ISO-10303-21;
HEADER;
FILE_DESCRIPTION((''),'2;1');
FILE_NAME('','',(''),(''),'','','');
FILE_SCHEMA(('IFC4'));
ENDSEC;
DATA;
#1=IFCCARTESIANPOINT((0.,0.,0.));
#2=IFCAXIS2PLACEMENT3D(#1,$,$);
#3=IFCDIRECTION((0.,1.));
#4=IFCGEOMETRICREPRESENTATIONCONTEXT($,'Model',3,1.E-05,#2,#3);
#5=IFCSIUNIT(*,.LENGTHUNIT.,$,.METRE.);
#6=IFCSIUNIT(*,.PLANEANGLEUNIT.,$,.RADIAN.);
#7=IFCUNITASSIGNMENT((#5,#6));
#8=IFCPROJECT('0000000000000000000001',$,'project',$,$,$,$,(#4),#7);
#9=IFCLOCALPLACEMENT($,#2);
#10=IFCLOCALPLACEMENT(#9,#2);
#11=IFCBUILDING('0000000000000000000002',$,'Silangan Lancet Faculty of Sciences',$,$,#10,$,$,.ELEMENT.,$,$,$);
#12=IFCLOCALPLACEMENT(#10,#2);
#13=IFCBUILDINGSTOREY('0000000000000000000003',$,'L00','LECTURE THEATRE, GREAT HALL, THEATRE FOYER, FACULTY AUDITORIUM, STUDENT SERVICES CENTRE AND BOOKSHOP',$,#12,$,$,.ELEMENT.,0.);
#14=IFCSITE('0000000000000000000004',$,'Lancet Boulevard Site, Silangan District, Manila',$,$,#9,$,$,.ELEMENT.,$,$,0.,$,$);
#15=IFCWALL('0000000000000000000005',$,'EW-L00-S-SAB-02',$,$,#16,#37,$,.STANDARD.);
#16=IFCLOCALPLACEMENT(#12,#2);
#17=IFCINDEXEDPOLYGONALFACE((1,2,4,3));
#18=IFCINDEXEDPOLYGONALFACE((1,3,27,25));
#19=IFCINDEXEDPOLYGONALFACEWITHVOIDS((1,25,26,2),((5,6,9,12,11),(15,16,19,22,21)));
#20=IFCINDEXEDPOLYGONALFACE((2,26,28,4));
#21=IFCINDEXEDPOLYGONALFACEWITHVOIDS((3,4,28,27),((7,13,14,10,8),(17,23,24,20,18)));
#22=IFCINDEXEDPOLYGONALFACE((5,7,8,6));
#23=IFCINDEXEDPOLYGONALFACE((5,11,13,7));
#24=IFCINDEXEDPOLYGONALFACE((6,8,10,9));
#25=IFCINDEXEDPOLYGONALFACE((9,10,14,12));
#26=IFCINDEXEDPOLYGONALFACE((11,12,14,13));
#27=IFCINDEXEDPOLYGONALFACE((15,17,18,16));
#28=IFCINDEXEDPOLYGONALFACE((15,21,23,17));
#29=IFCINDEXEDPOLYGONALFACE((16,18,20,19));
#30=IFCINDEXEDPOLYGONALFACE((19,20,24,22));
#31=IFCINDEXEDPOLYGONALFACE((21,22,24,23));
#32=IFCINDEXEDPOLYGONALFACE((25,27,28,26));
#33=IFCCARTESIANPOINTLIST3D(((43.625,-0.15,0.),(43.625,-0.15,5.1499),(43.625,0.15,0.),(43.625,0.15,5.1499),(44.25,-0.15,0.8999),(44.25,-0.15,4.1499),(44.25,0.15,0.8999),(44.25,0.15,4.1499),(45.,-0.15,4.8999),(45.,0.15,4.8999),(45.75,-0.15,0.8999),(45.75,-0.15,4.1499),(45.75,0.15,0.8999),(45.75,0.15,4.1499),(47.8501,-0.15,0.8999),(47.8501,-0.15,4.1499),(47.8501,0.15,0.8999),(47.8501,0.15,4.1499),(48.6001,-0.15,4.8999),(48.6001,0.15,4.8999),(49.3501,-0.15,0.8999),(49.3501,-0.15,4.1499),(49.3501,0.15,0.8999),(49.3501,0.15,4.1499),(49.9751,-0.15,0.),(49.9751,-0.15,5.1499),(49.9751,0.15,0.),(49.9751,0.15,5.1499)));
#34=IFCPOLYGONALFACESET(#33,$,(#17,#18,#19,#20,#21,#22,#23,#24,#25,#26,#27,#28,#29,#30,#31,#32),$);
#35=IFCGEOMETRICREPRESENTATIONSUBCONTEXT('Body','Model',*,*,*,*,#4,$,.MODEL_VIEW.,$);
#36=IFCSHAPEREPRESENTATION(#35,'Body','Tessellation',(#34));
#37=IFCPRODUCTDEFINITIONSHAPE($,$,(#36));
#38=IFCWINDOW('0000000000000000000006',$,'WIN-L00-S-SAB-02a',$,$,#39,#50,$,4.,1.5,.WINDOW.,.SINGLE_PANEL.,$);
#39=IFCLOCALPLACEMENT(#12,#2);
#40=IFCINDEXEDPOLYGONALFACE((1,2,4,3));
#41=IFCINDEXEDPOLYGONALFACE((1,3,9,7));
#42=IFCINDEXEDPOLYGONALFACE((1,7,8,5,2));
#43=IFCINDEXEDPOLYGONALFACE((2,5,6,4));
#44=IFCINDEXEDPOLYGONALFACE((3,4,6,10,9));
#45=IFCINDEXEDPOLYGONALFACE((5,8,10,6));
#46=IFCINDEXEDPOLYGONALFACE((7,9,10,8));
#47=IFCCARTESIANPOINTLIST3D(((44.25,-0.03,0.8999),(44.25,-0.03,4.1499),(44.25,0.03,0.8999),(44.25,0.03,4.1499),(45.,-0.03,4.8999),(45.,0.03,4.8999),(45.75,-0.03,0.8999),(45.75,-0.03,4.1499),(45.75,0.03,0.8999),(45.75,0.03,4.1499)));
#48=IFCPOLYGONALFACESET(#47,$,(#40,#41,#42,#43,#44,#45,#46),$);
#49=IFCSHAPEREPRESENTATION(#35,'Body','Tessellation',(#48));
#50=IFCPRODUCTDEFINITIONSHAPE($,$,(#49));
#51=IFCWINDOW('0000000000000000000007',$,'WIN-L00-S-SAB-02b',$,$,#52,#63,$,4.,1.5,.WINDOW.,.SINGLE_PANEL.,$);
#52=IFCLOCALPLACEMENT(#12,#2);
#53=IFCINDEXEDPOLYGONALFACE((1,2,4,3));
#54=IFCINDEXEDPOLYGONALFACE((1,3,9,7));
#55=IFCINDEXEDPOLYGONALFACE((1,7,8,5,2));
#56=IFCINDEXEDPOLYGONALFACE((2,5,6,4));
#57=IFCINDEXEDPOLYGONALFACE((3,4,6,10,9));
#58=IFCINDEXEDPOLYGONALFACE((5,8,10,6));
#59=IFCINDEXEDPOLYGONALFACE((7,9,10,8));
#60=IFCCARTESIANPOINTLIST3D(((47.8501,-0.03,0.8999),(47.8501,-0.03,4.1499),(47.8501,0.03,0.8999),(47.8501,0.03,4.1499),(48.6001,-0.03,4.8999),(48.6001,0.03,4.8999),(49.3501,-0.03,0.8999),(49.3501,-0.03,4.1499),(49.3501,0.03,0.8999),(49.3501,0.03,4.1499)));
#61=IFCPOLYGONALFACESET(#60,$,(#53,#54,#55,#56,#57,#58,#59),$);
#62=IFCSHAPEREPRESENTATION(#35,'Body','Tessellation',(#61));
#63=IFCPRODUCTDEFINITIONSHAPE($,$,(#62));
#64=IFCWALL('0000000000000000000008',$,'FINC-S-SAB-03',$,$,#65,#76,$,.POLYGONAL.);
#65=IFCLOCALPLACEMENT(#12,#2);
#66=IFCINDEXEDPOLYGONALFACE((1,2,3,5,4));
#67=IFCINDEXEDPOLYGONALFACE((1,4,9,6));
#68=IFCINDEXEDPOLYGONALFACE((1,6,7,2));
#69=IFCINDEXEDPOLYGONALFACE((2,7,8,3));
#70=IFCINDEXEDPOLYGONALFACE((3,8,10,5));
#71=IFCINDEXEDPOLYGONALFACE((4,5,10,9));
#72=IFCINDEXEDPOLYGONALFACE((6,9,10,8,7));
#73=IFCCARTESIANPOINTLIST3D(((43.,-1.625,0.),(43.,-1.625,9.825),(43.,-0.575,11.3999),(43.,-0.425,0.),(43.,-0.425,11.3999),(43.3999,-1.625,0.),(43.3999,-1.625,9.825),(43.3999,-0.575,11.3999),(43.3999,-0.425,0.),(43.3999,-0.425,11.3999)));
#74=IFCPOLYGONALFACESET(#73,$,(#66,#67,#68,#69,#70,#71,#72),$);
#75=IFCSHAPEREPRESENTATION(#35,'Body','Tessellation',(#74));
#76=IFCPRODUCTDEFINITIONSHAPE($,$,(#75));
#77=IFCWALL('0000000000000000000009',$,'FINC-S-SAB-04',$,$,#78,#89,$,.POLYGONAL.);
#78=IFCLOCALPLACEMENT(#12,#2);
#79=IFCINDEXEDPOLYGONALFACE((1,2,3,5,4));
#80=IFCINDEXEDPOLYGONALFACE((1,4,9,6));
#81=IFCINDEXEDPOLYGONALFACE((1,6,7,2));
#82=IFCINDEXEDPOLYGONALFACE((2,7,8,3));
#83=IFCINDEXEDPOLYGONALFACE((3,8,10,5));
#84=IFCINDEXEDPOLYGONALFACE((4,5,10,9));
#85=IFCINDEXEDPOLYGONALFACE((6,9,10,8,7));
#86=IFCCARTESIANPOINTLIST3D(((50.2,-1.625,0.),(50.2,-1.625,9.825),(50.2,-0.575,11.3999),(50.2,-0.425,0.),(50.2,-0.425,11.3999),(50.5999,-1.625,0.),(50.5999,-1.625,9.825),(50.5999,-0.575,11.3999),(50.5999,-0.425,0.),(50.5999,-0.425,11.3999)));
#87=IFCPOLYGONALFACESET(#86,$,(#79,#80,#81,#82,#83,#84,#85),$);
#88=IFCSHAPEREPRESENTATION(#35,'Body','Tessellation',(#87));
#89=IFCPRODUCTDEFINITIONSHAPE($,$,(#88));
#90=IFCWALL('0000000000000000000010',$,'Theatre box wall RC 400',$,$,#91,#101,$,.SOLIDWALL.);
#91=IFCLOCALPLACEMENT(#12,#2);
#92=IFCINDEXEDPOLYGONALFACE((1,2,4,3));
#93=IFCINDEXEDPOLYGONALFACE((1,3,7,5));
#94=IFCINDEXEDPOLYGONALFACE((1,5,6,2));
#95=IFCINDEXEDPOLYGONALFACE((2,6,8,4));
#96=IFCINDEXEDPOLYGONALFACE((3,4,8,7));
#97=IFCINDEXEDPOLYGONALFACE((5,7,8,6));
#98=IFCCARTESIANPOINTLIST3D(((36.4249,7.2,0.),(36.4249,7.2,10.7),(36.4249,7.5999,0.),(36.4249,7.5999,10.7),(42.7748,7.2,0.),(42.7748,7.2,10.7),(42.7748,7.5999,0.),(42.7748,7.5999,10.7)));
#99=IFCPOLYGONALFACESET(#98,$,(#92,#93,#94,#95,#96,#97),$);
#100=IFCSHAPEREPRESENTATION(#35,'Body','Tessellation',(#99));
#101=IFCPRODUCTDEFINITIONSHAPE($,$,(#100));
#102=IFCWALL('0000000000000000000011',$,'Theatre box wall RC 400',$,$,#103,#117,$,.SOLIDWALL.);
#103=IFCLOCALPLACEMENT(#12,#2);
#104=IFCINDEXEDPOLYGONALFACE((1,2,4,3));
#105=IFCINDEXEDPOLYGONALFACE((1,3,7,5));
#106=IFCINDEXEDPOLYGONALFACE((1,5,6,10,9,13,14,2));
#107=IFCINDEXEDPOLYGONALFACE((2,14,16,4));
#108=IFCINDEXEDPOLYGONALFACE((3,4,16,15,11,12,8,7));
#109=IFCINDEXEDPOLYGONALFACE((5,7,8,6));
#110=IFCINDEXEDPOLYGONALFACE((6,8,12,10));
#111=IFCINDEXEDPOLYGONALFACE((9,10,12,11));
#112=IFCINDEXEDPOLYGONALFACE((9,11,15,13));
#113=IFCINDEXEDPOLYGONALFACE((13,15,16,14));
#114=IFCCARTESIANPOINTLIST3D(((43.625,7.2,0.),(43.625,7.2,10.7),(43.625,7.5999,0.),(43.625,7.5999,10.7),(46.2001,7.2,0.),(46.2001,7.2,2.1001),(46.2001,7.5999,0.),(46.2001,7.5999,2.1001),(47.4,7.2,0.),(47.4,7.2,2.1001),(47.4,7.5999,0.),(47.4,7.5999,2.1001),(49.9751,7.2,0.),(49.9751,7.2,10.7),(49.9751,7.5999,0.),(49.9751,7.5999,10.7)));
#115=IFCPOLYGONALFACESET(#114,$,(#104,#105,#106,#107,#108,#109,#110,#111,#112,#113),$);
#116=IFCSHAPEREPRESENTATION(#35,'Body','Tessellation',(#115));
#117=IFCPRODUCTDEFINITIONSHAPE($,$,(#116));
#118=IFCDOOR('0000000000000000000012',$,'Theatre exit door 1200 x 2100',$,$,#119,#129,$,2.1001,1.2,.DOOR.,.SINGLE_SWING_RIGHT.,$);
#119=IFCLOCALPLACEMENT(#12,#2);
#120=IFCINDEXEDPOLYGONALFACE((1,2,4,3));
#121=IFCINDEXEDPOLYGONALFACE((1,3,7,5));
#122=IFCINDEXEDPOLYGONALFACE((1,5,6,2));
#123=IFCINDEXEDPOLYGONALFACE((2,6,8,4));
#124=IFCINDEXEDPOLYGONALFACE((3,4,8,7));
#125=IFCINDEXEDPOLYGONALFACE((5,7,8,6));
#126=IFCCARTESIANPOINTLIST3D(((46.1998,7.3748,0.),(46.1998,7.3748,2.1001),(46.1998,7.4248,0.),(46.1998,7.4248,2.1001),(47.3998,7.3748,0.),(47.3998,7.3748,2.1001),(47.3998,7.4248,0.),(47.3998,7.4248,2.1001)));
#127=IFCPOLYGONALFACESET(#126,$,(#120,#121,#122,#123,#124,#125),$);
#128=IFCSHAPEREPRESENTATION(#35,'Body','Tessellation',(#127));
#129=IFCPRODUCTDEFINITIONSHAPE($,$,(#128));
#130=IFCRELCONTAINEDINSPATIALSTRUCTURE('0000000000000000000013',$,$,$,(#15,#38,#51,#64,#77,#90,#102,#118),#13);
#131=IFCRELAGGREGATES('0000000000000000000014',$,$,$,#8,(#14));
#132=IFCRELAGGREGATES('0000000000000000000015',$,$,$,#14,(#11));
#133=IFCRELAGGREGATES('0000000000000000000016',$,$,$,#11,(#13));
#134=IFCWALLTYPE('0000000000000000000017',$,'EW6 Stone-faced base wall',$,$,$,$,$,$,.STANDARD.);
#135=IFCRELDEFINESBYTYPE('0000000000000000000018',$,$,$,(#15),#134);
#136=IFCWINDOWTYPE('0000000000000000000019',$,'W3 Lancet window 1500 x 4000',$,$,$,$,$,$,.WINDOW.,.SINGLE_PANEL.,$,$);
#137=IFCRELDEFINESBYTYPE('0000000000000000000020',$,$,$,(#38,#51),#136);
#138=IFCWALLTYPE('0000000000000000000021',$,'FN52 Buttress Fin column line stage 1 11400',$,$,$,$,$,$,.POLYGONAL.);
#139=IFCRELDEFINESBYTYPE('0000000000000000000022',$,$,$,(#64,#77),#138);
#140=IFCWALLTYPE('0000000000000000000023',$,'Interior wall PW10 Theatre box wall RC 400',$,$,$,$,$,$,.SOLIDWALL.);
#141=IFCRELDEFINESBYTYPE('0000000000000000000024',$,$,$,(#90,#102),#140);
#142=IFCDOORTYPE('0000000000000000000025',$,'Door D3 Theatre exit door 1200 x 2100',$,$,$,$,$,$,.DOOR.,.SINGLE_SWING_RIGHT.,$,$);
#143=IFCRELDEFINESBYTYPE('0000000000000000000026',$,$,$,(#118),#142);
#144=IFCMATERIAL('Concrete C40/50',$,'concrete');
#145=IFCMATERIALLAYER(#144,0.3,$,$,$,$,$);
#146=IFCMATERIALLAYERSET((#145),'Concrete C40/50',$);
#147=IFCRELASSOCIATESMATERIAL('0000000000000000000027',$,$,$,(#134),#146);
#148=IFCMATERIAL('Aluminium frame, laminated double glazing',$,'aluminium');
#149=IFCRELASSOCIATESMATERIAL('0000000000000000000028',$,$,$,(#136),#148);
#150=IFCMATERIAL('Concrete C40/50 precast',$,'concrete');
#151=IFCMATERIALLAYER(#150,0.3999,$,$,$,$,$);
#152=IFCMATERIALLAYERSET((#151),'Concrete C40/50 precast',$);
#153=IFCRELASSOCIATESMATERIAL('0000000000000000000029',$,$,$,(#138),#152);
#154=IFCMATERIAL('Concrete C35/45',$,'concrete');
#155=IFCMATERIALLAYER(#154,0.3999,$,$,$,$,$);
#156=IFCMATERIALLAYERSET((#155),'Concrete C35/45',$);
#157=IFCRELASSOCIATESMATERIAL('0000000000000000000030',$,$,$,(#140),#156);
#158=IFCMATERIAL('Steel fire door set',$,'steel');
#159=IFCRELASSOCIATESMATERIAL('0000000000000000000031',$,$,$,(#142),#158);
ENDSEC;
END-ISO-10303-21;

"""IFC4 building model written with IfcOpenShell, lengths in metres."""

from ifc_helpers import new_model, si_unit, direction, frame, frame_2d, origin, place, context, subcontext, project, spatial, polyline, rectangle, outline, extrude, material, layer, layer_set, type_object, element, fill, save


model = new_model("IFC4")

# Units and contexts
model_context = context("Model", 3, precision=1e-05, world=origin(), true_north=direction((0.0, 1.0)))
body_context = subcontext(model_context, "Body", "Model", "MODEL_VIEW")
ifc_project = project(units=[si_unit("LENGTHUNIT", "METRE"), si_unit("PLANEANGLEUNIT", "RADIAN")], contexts=[model_context])

# Site, building, storey
site_placement = place(None, origin())
site = spatial("IfcSite", under=ifc_project, at=site_placement, Name="Lancet Boulevard Site, Silangan District, Manila", CompositionType="ELEMENT", RefElevation=0.0)
building_placement = place(site_placement, origin())
building = spatial("IfcBuilding", under=site, at=building_placement, Name="Silangan Lancet Faculty of Sciences", CompositionType="ELEMENT")
storey_placement = place(building_placement, origin())
storey = spatial("IfcBuildingStorey", under=building, at=storey_placement, Name="L00", Description="LECTURE THEATRE, GREAT HALL, THEATRE FOYER, FACULTY AUDITORIUM, STUDENT SERVICES CENTRE AND BOOKSHOP", CompositionType="ELEMENT", Elevation=0.0)

# Shared definitions
ifc_material_1 = material(Name="Concrete C40/50", Category="concrete")
ifc_layer_1 = layer(ifc_material_1, 0.3)
ifc_layer_set_1 = layer_set([ifc_layer_1], Name="Concrete C40/50")
wall_type_1 = type_object("IfcWallType", Name="EW6 Stone-faced base wall", PredefinedType="STANDARD", material=ifc_layer_set_1)

# Wall, openings, windows
wall_1_placement = place(storey_placement, frame((43.625, 0.0, 0.0), z_axis=(0.0, 0.0, 1.0), x_axis=(1.0, 0.0, 0.0)))
wall_1 = element("IfcWall", 1, at=wall_1_placement, inside=storey, type_object=wall_type_1, Name="EW-L00-S-SAB-02", PredefinedType="STANDARD", context=body_context, shape_type="SweptSolid", body=[
    extrude(rectangle(XDim=6.3501, YDim=0.3, at=frame_2d((3.175, 0.0))), origin(), (0.0, 0.0, 1.0), 5.1499),
])
opening_1_placement = place(wall_1_placement, frame((0.625, 0.0, 0.8999)))
opening_1 = element("IfcOpeningElement", 2, at=opening_1_placement, cuts=wall_1, PredefinedType="OPENING", context=body_context, shape_type="SweptSolid", body=[
    extrude(outline(polyline([(0.0, 0.0), (1.5, 0.0), (1.5, 3.25), (0.75, 4.0), (0.0, 3.25), (0.0, 0.0)])), frame((0.0, 0.1599, 0.0), z_axis=(0.0, -1.0, 0.0), x_axis=(1.0, 0.0, 0.0)), (0.0, 0.0, 1.0), 0.3201),
])
opening_2_placement = place(wall_1_placement, frame((4.2251, 0.0, 0.8999)))
opening_2 = element("IfcOpeningElement", 3, at=opening_2_placement, cuts=wall_1, PredefinedType="OPENING", context=body_context, shape_type="SweptSolid", body=[
    extrude(outline(polyline([(0.0, 0.0), (1.5, 0.0), (1.5, 3.25), (0.75, 4.0), (0.0, 3.25), (0.0, 0.0)])), frame((0.0, 0.1599, 0.0), z_axis=(0.0, -1.0, 0.0), x_axis=(1.0, 0.0, 0.0)), (0.0, 0.0, 1.0), 0.3201),
])
ifc_material_2 = material(Name="Aluminium frame, laminated double glazing", Category="aluminium")
window_type = type_object("IfcWindowType", Name="W3 Lancet window 1500 x 4000", PartitioningType="SINGLE_PANEL", PredefinedType="WINDOW", material=ifc_material_2)
window_1_placement = place(opening_1_placement, origin())
window_1 = element("IfcWindow", 4, at=window_1_placement, inside=storey, type_object=window_type, Name="WIN-L00-S-SAB-02a", OverallHeight=4.0, OverallWidth=1.5, PartitioningType="SINGLE_PANEL", PredefinedType="WINDOW", context=body_context, shape_type="SweptSolid", body=[
    extrude(outline(polyline([(0.0, 0.0), (1.5, 0.0), (1.5, 3.25), (0.75, 4.0), (0.0, 3.25), (0.0, 0.0)])), frame((0.0, 0.03, 0.0), z_axis=(0.0, -1.0, 0.0), x_axis=(1.0, 0.0, 0.0)), (0.0, 0.0, 1.0), 0.0601),
])
fill(opening_1, window_1)
window_2_placement = place(opening_2_placement, origin())
window_2 = element("IfcWindow", 5, at=window_2_placement, inside=storey, type_object=window_type, Name="WIN-L00-S-SAB-02b", OverallHeight=4.0, OverallWidth=1.5, PartitioningType="SINGLE_PANEL", PredefinedType="WINDOW", context=body_context, shape_type="SweptSolid", body=[
    extrude(outline(polyline([(0.0, 0.0), (1.5, 0.0), (1.5, 3.25), (0.75, 4.0), (0.0, 3.25), (0.0, 0.0)])), frame((0.0, 0.03, 0.0), z_axis=(0.0, -1.0, 0.0), x_axis=(1.0, 0.0, 0.0)), (0.0, 0.0, 1.0), 0.0601),
])
fill(opening_2, window_2)

# Walls
ifc_material_3 = material(Name="Concrete C40/50 precast", Category="concrete")
ifc_layer_2 = layer(ifc_material_3, 0.3999)
ifc_layer_set_2 = layer_set([ifc_layer_2], Name="Concrete C40/50 precast")
wall_type_2 = type_object("IfcWallType", Name="FN52 Buttress Fin column line stage 1 11400", PredefinedType="POLYGONAL", material=ifc_layer_set_2)
for number, where, z_axis, x_axis, name in (
    (6, (43.2, -0.425, 0.0), (0.0, 0.0, 1.0), (0.0, -1.0, 0.0), "FINC-S-SAB-03"),
    (7, (50.3999, -0.425, 0.0), (0.0, 0.0, 1.0), (0.0, -1.0, 0.0), "FINC-S-SAB-04"),
):
    element("IfcWall", number, at=place(storey_placement, frame(where, z_axis=z_axis, x_axis=x_axis)), inside=storey, type_object=wall_type_2, Name=name, PredefinedType="POLYGONAL", context=body_context, shape_type="SweptSolid", body=[
        extrude(outline(polyline([(1.2, 0.0), (1.2, 9.825), (0.1499, 11.3999), (0.0, 11.3999), (0.0, 0.0), (1.2, 0.0)])), frame((0.0, 0.2, 0.0), z_axis=(0.0, -1.0, 0.0), x_axis=(1.0, 0.0, 0.0)), (0.0, 0.0, 1.0), 0.3999),
    ])
ifc_material_4 = material(Name="Concrete C35/45", Category="concrete")
ifc_layer_3 = layer(ifc_material_4, 0.3999)
ifc_layer_set_3 = layer_set([ifc_layer_3], Name="Concrete C35/45")
wall_type_3 = type_object("IfcWallType", Name="Interior wall PW10 Theatre box wall RC 400", PredefinedType="SOLIDWALL", material=ifc_layer_set_3)
wall_2_placement = place(storey_placement, frame((36.425, 7.3999, 0.0), z_axis=(0.0, 0.0, 1.0), x_axis=(1.0, 0.0, 0.0)))
element("IfcWall", 8, at=wall_2_placement, inside=storey, type_object=wall_type_3, Name="Theatre box wall RC 400", PredefinedType="SOLIDWALL", context=body_context, shape_type="SweptSolid", body=[
    extrude(rectangle(XDim=6.3499, YDim=0.3999, at=frame_2d((3.1748, 0.0))), origin(), (0.0, 0.0, 1.0), 10.7),
])

# Wall, opening, door
wall_3_placement = place(storey_placement, frame((43.625, 7.3999, 0.0), z_axis=(0.0, 0.0, 1.0), x_axis=(1.0, 0.0, 0.0)))
wall_3 = element("IfcWall", 9, at=wall_3_placement, inside=storey, type_object=wall_type_3, Name="Theatre box wall RC 400", PredefinedType="SOLIDWALL", context=body_context, shape_type="SweptSolid", body=[
    extrude(rectangle(XDim=6.3501, YDim=0.3999, at=frame_2d((3.175, 0.0))), origin(), (0.0, 0.0, 1.0), 10.7),
])
opening_3_placement = place(wall_3_placement, frame((2.575, 0.0, 0.0)))
opening_3 = element("IfcOpeningElement", 10, at=opening_3_placement, cuts=wall_3, PredefinedType="OPENING", context=body_context, shape_type="SweptSolid", body=[
    extrude(rectangle(XDim=1.2, YDim=2.1001, at=frame_2d((0.6001, 1.05))), frame((0.0, 0.21, 0.0), z_axis=(0.0, -1.0, 0.0), x_axis=(1.0, 0.0, 0.0)), (0.0, 0.0, 1.0), 0.4199),
])
ifc_material_5 = material(Name="Steel fire door set", Category="steel")
door_type_1 = type_object("IfcDoorType", Name="Door D3 Theatre exit door 1200 x 2100", OperationType="SINGLE_SWING_RIGHT", PredefinedType="DOOR", material=ifc_material_5)
door_1_placement = place(opening_3_placement, frame((1.2, 0.0, 0.0), z_axis=(0.0, 0.0, 1.0), x_axis=(-1.0, 0.0, 0.0)))
door_1 = element("IfcDoor", 11, at=door_1_placement, inside=storey, type_object=door_type_1, Name="Theatre exit door 1200 x 2100", OperationType="SINGLE_SWING_RIGHT", OverallHeight=2.1001, OverallWidth=1.2, PredefinedType="DOOR", context=body_context, shape_type="SweptSolid", body=[
    extrude(rectangle(XDim=1.2, YDim=2.1001, at=frame_2d((0.6001, 1.05))), frame((0.0, 0.0251, 0.0), z_axis=(0.0, -1.0, 0.0), x_axis=(1.0, 0.0, 0.0)), (0.0, 0.0, 1.0), 0.05),
])
fill(opening_3, door_1)

save(model, "model.ifc")
